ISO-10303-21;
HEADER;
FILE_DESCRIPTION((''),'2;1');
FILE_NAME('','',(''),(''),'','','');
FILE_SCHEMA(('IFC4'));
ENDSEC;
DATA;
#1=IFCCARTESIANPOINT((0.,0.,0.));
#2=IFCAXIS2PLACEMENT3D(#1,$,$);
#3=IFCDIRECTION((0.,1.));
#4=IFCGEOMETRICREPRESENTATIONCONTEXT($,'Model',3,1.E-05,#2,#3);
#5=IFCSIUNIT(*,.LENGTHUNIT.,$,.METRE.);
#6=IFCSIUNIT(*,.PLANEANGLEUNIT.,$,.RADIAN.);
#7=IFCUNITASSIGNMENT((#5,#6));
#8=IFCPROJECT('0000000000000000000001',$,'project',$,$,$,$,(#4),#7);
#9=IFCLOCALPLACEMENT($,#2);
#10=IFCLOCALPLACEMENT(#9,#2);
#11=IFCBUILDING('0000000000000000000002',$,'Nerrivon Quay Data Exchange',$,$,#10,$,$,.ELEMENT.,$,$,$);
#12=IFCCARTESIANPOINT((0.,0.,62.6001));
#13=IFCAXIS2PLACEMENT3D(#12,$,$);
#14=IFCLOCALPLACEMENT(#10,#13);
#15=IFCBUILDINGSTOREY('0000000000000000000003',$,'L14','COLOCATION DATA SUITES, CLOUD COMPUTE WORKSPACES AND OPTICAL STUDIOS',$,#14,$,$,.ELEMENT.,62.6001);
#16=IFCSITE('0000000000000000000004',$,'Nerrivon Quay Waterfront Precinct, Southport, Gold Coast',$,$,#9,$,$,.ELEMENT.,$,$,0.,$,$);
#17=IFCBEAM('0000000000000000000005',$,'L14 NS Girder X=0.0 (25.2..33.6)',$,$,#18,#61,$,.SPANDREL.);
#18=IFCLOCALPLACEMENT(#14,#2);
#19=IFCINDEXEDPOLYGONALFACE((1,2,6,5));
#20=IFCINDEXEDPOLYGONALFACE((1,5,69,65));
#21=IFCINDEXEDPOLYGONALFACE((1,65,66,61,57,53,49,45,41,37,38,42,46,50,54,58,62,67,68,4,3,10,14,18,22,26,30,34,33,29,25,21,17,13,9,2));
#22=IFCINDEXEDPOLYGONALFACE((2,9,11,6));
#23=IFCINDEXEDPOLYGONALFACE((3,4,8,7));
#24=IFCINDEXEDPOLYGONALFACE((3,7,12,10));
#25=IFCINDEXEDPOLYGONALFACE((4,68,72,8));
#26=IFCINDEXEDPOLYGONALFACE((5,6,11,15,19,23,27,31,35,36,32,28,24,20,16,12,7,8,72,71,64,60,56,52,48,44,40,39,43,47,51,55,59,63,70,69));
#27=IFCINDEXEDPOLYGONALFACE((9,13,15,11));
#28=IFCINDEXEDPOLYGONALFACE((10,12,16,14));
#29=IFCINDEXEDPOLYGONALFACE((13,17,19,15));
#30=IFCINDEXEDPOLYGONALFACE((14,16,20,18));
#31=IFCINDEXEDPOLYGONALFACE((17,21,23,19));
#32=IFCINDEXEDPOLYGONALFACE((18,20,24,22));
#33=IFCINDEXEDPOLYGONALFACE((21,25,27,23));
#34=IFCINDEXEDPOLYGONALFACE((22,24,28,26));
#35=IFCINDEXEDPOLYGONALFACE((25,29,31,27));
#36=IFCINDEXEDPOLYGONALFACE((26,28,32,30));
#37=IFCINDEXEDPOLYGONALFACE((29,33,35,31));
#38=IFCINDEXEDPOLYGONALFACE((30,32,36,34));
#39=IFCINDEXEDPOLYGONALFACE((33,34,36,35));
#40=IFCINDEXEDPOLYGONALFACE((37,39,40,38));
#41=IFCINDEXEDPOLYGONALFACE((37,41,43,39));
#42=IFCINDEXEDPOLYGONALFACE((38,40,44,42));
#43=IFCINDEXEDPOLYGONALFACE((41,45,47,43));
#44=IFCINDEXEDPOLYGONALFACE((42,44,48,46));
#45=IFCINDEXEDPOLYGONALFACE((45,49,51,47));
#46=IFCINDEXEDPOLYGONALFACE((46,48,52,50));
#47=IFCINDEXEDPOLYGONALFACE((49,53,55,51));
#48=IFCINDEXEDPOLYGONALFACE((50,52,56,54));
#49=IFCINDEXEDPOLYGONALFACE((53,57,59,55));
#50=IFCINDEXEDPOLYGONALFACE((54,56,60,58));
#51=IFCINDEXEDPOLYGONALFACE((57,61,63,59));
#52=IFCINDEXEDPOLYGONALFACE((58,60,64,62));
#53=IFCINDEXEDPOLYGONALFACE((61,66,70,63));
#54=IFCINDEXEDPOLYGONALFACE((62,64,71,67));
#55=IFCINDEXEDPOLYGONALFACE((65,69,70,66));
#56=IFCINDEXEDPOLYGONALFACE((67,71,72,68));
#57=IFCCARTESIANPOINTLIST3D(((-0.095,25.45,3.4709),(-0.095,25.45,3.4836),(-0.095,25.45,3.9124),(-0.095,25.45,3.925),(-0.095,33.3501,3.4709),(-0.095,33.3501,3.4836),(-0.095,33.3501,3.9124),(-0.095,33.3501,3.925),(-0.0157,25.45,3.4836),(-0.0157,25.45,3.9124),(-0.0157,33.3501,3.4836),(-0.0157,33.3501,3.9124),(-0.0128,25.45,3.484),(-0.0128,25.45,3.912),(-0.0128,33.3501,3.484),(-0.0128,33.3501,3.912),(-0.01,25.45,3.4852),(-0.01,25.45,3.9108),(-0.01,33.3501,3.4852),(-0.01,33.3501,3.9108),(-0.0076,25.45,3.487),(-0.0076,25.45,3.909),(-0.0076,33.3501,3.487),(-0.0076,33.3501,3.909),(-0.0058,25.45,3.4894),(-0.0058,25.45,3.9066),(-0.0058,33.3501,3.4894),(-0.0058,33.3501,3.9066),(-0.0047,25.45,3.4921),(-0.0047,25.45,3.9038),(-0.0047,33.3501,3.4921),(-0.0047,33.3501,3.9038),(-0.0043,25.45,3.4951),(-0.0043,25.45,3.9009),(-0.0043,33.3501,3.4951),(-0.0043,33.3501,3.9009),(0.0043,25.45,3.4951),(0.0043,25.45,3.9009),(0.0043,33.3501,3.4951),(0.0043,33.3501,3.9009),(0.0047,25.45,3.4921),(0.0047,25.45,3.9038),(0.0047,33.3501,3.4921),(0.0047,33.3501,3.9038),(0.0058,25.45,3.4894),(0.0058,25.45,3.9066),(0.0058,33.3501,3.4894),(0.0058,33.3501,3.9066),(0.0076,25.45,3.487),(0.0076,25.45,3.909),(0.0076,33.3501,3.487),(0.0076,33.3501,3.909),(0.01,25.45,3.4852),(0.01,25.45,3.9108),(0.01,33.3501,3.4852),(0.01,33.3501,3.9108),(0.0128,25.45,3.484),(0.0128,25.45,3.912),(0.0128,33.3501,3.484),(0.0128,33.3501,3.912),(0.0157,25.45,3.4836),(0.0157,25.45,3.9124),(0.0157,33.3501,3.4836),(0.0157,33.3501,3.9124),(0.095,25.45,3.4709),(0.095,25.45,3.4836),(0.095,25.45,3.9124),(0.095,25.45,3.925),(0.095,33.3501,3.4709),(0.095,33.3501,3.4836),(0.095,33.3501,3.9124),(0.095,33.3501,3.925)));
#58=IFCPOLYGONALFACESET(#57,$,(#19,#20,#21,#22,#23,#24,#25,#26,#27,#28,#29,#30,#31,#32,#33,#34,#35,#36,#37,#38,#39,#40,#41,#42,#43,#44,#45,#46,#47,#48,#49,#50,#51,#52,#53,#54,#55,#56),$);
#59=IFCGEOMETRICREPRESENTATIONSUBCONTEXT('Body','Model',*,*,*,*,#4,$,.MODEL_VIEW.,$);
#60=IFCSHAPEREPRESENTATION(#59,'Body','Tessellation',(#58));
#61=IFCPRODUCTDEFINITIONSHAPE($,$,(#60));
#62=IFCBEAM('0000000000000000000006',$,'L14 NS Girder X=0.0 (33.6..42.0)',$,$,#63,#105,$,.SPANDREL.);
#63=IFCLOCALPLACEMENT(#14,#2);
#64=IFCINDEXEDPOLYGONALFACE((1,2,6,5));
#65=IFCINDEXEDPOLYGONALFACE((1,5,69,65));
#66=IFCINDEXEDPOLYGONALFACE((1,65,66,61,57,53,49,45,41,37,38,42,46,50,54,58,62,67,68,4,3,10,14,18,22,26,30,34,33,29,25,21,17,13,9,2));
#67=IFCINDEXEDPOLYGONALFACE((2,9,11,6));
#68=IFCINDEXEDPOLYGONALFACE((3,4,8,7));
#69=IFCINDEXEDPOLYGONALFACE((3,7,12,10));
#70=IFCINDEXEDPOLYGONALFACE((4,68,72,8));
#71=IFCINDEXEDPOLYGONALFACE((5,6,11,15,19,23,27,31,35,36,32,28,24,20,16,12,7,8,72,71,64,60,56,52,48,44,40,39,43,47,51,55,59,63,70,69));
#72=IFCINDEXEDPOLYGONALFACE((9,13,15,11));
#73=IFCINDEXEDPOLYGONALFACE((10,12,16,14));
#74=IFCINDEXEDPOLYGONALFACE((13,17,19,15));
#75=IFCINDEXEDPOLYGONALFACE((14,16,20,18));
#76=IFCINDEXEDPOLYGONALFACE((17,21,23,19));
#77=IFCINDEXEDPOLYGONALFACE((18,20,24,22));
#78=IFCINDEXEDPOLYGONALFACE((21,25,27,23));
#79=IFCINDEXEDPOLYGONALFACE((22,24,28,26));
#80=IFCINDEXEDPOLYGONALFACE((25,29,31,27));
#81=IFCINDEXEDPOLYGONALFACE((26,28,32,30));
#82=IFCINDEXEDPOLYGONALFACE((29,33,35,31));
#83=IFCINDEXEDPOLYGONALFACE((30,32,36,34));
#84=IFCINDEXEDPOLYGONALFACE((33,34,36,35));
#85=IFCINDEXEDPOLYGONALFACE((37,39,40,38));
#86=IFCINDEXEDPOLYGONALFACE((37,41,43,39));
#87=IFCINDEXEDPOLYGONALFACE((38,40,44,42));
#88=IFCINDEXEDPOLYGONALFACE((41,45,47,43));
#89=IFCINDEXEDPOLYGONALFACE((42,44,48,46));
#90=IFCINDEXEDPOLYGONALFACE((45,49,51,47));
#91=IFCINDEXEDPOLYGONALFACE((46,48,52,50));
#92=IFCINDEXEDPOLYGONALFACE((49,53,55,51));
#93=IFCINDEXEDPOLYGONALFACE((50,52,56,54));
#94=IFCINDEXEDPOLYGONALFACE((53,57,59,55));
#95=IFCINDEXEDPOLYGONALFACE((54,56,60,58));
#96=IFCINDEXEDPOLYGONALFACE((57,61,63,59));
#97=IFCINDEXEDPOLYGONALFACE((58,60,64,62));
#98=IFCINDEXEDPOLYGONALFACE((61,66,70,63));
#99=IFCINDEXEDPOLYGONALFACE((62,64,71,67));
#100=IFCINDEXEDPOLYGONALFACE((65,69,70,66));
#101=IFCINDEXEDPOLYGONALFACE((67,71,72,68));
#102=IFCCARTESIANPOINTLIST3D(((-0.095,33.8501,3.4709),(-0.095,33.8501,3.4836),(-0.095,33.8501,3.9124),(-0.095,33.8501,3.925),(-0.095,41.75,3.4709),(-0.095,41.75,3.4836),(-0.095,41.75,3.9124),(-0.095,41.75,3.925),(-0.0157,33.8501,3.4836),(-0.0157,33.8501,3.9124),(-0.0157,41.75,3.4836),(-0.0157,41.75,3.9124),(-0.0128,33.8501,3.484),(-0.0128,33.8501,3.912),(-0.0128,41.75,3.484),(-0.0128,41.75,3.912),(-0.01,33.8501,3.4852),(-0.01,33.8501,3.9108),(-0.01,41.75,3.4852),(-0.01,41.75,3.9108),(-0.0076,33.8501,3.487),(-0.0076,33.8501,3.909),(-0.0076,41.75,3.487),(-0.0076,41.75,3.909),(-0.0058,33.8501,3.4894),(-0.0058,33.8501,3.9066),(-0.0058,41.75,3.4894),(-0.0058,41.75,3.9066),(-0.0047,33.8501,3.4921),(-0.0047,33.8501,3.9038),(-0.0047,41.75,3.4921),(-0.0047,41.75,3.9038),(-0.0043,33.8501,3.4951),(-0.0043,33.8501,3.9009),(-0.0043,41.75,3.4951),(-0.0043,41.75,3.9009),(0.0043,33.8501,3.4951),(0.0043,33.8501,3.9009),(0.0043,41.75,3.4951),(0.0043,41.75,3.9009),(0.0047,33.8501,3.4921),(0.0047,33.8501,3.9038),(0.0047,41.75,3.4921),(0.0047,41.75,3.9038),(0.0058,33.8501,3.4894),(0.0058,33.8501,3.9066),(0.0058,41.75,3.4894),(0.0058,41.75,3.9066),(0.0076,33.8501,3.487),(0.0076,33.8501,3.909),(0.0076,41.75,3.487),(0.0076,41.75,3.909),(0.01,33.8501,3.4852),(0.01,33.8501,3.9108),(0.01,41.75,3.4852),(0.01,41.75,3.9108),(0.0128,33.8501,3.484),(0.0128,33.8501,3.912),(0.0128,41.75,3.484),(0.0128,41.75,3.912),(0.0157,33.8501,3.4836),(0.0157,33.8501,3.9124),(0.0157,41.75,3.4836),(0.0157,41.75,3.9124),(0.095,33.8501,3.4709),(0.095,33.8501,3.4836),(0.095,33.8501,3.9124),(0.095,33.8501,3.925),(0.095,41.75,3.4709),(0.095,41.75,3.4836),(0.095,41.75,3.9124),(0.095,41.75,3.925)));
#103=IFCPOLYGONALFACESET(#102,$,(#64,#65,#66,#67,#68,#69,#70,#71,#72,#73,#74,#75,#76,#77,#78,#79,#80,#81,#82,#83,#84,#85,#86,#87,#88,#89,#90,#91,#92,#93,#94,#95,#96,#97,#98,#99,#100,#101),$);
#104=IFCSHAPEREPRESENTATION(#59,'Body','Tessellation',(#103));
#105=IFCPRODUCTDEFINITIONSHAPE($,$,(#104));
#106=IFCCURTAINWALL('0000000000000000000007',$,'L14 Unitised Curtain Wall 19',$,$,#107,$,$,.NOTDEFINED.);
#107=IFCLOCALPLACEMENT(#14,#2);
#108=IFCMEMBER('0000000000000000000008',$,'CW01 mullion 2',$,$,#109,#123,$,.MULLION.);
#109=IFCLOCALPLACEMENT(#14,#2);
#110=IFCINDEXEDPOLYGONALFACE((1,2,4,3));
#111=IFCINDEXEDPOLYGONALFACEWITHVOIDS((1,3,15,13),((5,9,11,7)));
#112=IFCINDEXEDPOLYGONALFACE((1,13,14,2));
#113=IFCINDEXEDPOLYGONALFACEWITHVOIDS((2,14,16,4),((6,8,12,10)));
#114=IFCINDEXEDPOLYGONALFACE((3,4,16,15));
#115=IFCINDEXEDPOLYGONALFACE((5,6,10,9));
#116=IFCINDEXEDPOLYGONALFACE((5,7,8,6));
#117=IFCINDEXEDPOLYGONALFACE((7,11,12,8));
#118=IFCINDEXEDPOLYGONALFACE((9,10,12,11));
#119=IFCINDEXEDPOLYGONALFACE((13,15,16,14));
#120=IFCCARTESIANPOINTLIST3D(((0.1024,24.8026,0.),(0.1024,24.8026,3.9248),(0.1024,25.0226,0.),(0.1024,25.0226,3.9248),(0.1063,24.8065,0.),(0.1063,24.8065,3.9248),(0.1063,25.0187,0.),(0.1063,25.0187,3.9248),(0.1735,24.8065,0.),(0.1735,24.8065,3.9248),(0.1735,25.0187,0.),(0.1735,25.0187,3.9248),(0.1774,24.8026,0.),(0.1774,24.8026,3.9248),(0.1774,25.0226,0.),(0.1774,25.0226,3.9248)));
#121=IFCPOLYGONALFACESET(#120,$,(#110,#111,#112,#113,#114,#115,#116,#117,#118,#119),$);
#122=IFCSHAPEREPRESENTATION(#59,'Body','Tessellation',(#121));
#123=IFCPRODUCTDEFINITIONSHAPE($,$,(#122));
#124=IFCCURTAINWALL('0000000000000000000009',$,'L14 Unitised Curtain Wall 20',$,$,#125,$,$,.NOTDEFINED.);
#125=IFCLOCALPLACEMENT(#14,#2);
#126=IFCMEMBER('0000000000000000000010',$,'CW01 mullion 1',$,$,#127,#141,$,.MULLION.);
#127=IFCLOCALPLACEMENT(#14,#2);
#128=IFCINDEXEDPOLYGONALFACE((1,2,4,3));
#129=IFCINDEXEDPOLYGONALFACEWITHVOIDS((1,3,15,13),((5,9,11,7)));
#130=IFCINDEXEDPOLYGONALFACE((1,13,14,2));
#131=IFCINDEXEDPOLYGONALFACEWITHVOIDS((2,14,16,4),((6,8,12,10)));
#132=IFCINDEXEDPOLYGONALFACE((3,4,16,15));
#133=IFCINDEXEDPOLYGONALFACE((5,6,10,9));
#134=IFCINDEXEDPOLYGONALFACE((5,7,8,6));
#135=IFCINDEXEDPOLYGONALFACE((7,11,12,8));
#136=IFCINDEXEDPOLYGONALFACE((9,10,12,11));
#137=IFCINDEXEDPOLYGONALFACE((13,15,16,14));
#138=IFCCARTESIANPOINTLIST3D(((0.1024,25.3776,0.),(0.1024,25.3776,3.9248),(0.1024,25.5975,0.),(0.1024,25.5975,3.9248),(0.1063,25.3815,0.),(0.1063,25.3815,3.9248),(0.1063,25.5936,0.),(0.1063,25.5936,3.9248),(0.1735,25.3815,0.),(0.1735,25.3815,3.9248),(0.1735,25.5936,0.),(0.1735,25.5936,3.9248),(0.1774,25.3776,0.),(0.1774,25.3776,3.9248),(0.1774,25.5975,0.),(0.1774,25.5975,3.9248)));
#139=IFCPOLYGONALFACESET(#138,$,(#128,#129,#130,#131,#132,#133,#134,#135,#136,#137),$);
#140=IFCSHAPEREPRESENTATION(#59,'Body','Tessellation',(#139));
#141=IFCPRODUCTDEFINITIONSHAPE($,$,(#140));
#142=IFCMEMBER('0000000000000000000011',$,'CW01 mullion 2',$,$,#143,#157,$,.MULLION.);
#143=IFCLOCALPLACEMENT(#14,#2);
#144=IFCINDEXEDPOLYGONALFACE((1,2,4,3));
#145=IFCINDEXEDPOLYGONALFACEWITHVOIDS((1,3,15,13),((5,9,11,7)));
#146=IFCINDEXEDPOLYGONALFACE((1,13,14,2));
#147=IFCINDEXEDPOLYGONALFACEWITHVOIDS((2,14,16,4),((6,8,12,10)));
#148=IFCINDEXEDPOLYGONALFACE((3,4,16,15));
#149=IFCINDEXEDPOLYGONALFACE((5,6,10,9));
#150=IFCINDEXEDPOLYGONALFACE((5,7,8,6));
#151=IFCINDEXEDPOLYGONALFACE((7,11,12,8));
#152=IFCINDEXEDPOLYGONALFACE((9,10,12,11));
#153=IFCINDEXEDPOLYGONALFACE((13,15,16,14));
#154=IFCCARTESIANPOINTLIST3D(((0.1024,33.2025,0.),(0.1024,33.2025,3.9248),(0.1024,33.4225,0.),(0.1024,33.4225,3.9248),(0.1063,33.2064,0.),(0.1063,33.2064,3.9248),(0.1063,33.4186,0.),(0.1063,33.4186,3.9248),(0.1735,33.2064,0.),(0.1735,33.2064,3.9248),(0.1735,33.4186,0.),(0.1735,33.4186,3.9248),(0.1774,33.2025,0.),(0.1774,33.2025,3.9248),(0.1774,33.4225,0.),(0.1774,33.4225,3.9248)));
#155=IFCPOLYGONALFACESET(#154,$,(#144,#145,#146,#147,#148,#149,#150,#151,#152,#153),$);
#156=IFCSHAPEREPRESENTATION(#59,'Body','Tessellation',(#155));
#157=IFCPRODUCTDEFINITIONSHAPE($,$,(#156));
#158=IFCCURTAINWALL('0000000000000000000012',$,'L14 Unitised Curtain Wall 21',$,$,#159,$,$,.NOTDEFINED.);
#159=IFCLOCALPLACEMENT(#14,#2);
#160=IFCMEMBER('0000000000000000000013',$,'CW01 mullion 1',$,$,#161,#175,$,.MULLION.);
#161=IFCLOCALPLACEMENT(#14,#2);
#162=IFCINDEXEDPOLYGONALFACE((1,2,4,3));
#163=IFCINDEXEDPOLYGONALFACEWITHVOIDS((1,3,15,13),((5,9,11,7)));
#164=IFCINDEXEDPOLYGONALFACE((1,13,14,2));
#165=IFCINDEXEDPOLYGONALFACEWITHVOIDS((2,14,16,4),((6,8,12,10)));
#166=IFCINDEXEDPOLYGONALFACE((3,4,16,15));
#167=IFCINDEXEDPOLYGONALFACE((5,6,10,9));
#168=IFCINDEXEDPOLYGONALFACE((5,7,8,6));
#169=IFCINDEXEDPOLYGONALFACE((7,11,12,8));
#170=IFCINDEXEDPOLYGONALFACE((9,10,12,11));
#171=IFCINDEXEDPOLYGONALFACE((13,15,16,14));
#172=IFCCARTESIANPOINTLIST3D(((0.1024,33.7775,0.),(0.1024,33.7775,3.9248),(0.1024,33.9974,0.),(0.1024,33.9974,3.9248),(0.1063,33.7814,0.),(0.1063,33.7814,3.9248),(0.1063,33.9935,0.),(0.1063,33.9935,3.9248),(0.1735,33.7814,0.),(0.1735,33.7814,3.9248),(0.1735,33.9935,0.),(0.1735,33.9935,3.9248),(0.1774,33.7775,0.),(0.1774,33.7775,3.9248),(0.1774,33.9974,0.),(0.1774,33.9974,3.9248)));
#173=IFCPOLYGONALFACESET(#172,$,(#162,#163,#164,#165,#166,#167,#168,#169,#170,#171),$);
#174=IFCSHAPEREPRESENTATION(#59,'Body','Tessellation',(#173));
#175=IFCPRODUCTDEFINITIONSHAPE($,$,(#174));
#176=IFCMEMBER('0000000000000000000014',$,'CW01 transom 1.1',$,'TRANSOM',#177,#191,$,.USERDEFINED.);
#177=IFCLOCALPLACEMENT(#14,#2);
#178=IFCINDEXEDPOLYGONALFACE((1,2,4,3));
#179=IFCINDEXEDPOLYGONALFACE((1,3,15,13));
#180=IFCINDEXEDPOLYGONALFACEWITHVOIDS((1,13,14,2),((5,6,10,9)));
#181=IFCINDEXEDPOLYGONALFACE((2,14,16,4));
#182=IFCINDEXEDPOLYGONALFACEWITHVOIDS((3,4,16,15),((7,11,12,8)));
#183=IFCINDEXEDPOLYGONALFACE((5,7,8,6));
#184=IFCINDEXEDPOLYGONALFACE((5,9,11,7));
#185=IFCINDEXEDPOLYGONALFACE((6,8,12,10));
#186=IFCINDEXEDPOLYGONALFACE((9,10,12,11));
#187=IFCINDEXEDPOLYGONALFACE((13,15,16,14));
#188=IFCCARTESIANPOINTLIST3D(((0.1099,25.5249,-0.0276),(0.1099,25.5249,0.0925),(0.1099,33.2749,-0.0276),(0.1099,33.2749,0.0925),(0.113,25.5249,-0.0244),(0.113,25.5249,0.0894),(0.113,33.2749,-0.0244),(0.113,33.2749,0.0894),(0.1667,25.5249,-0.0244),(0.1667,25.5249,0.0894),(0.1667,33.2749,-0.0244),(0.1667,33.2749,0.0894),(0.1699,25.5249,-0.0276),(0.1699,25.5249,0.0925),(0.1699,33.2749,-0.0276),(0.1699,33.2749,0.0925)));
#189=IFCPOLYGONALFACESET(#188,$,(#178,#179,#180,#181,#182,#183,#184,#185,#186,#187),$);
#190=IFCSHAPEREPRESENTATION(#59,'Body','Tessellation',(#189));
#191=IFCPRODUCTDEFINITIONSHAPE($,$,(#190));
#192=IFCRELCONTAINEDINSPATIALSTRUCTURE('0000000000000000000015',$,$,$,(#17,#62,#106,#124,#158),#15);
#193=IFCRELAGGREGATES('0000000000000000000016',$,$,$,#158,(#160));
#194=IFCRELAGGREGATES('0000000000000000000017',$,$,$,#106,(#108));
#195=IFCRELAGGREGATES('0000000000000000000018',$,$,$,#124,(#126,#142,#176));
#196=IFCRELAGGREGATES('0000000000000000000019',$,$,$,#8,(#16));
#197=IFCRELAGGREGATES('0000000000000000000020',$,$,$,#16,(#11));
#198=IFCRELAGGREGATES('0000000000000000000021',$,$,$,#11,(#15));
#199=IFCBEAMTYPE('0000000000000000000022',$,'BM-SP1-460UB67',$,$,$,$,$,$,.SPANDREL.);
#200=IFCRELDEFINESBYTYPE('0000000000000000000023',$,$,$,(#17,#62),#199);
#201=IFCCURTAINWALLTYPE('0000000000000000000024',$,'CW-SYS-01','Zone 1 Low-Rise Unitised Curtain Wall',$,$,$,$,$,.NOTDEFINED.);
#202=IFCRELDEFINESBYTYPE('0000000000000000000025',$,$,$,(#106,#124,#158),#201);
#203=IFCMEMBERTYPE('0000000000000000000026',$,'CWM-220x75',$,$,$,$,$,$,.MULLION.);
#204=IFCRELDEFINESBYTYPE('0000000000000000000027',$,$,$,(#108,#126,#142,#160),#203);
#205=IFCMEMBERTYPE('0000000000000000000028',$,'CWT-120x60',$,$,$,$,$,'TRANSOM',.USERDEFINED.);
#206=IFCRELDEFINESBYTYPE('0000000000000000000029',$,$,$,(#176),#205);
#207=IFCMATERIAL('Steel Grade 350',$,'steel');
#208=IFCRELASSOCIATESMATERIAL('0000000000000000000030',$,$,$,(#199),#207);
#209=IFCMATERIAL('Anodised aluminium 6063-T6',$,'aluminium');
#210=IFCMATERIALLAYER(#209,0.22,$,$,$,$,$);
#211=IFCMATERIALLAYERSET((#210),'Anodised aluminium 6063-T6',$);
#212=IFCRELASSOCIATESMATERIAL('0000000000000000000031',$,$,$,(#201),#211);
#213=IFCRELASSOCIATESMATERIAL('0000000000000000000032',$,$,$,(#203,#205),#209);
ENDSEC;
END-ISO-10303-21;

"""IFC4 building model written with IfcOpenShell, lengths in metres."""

from ifc_helpers import new_model, si_unit, direction, frame, origin, origin_2d, place, context, subcontext, project, spatial, hollow_rectangle, i_section, extrude, material, layer, layer_set, material_profile, profile_set, type_object, element, aggregate, save


model = new_model("IFC4")

# Units and contexts
model_context = context("Model", 3, precision=1e-05, world=origin(), true_north=direction((0.0, 1.0)))
body_context = subcontext(model_context, "Body", "Model", "MODEL_VIEW")
ifc_project = project(units=[si_unit("LENGTHUNIT", "METRE"), si_unit("PLANEANGLEUNIT", "RADIAN")], contexts=[model_context])

# Site, building, storey
site_placement = place(None, origin())
site = spatial("IfcSite", under=ifc_project, at=site_placement, Name="Nerrivon Quay Waterfront Precinct, Southport, Gold Coast", CompositionType="ELEMENT", RefElevation=0.0)
building_placement = place(site_placement, origin())
building = spatial("IfcBuilding", under=site, at=building_placement, Name="Nerrivon Quay Data Exchange", CompositionType="ELEMENT")
storey_placement = place(building_placement, frame((0.0, 0.0, 62.6001)))
storey = spatial("IfcBuildingStorey", under=building, at=storey_placement, Name="L14", Description="COLOCATION DATA SUITES, CLOUD COMPUTE WORKSPACES AND OPTICAL STUDIOS", CompositionType="ELEMENT", Elevation=62.6001)

# Shared definitions
ifc_material_1 = material(Name="Steel Grade 350", Category="steel")

# Beams
ifc_material_profile_1 = material_profile(ifc_material_1, i_section(OverallWidth=0.1899, OverallDepth=0.4541, WebThickness=0.0085, FlangeThickness=0.0127, FilletRadius=0.0115, at=origin_2d()), Name="460UB67.1")
ifc_profile_set_1 = profile_set([ifc_material_profile_1], Name="Steel Grade 350")
beam_type_1 = type_object("IfcBeamType", Name="BM-SP1-460UB67", PredefinedType="SPANDREL", material=ifc_profile_set_1)
beam_1_placement = place(storey_placement, frame((0.0, 25.45, 3.698), z_axis=(0.0, 1.0, 0.0), x_axis=(-1.0, 0.0, 0.0)))
element("IfcBeam", 1, at=beam_1_placement, inside=storey, type_object=beam_type_1, Name="L14 NS Girder X=0.0 (25.2..33.6)", PredefinedType="SPANDREL", context=body_context, shape_type="SweptSolid", body=[
    extrude(i_section(OverallWidth=0.1899, OverallDepth=0.4541, WebThickness=0.0085, FlangeThickness=0.0127, FilletRadius=0.0115, at=origin_2d()), origin(), (0.0, 0.0, 1.0), 7.9001),
])
beam_2_placement = place(storey_placement, frame((0.0, 33.8501, 3.698), z_axis=(0.0, 1.0, 0.0), x_axis=(-1.0, 0.0, 0.0)))
element("IfcBeam", 2, at=beam_2_placement, inside=storey, type_object=beam_type_1, Name="L14 NS Girder X=0.0 (33.6..42.0)", PredefinedType="SPANDREL", context=body_context, shape_type="SweptSolid", body=[
    extrude(i_section(OverallWidth=0.1899, OverallDepth=0.4541, WebThickness=0.0085, FlangeThickness=0.0127, FilletRadius=0.0115, at=origin_2d()), origin(), (0.0, 0.0, 1.0), 7.8999),
])

# Curtain wall, member
ifc_material_2 = material(Name="Anodised aluminium 6063-T6", Category="aluminium")
ifc_layer_1 = layer(ifc_material_2, 0.22)
ifc_layer_set_1 = layer_set([ifc_layer_1], Name="Anodised aluminium 6063-T6")
curtain_wall_type = type_object("IfcCurtainWallType", Name="CW-SYS-01", Description="Zone 1 Low-Rise Unitised Curtain Wall", PredefinedType="NOTDEFINED", material=ifc_layer_set_1)
curtain_wall_1_placement = place(storey_placement, origin())
curtain_wall_1 = element("IfcCurtainWall", 3, at=curtain_wall_1_placement, inside=storey, type_object=curtain_wall_type, Name="L14 Unitised Curtain Wall 19", PredefinedType="NOTDEFINED")
ifc_material_profile_2 = material_profile(ifc_material_2, hollow_rectangle(XDim=0.075, YDim=0.22, WallThickness=0.0039, at=origin_2d()), Name="ALU-MULL-220x75")
ifc_profile_set_2 = profile_set([ifc_material_profile_2], Name="Anodised aluminium 6063-T6")
member_type_1 = type_object("IfcMemberType", Name="CWM-220x75", PredefinedType="MULLION", material=ifc_profile_set_2)
member_1_placement = place(storey_placement, frame((0.1399, 24.9126, 0.0), z_axis=(0.0, 0.0, 1.0), x_axis=(-1.0, 0.0, 0.0)))
member_1 = element("IfcMember", 4, at=member_1_placement, type_object=member_type_1, Name="CW01 mullion 2", PredefinedType="MULLION", context=body_context, shape_type="SweptSolid", body=[
    extrude(hollow_rectangle(XDim=0.075, YDim=0.22, WallThickness=0.0039, at=origin_2d()), origin(), (0.0, 0.0, 1.0), 3.9248),
])

# Curtain wall, members
curtain_wall_2_placement = place(storey_placement, origin())
curtain_wall_2 = element("IfcCurtainWall", 5, at=curtain_wall_2_placement, inside=storey, type_object=curtain_wall_type, Name="L14 Unitised Curtain Wall 20", PredefinedType="NOTDEFINED")
member_2_placement = place(storey_placement, frame((0.1399, 25.4875, 0.0), z_axis=(0.0, 0.0, 1.0), x_axis=(-1.0, 0.0, 0.0)))
member_2 = element("IfcMember", 6, at=member_2_placement, type_object=member_type_1, Name="CW01 mullion 1", PredefinedType="MULLION", context=body_context, shape_type="SweptSolid", body=[
    extrude(hollow_rectangle(XDim=0.075, YDim=0.22, WallThickness=0.0039, at=origin_2d()), origin(), (0.0, 0.0, 1.0), 3.9248),
])
member_3_placement = place(storey_placement, frame((0.1399, 33.3125, 0.0), z_axis=(0.0, 0.0, 1.0), x_axis=(-1.0, 0.0, 0.0)))
member_3 = element("IfcMember", 7, at=member_3_placement, type_object=member_type_1, Name="CW01 mullion 2", PredefinedType="MULLION", context=body_context, shape_type="SweptSolid", body=[
    extrude(hollow_rectangle(XDim=0.075, YDim=0.22, WallThickness=0.0039, at=origin_2d()), origin(), (0.0, 0.0, 1.0), 3.9248),
])

# Curtain wall, member
curtain_wall_3_placement = place(storey_placement, origin())
curtain_wall_3 = element("IfcCurtainWall", 8, at=curtain_wall_3_placement, inside=storey, type_object=curtain_wall_type, Name="L14 Unitised Curtain Wall 21", PredefinedType="NOTDEFINED")
member_4_placement = place(storey_placement, frame((0.1399, 33.8875, 0.0), z_axis=(0.0, 0.0, 1.0), x_axis=(-1.0, 0.0, 0.0)))
member_4 = element("IfcMember", 9, at=member_4_placement, type_object=member_type_1, Name="CW01 mullion 1", PredefinedType="MULLION", context=body_context, shape_type="SweptSolid", body=[
    extrude(hollow_rectangle(XDim=0.075, YDim=0.22, WallThickness=0.0039, at=origin_2d()), origin(), (0.0, 0.0, 1.0), 3.9248),
])

# Member
ifc_material_profile_3 = material_profile(ifc_material_2, hollow_rectangle(XDim=0.0601, YDim=0.1201, WallThickness=0.0032, at=origin_2d()), Name="ALU-TRAN-120x60")
ifc_profile_set_3 = profile_set([ifc_material_profile_3], Name="Anodised aluminium 6063-T6")
member_type_2 = type_object("IfcMemberType", Name="CWT-120x60", ElementType="TRANSOM", PredefinedType="USERDEFINED", material=ifc_profile_set_3)
member_5_placement = place(storey_placement, frame((0.1399, 25.5249, 0.0325), z_axis=(0.0, 1.0, 0.0), x_axis=(-1.0, 0.0, 0.0)))
member_5 = element("IfcMember", 10, at=member_5_placement, type_object=member_type_2, Name="CW01 transom 1.1", ObjectType="TRANSOM", PredefinedType="USERDEFINED", context=body_context, shape_type="SweptSolid", body=[
    extrude(hollow_rectangle(XDim=0.0601, YDim=0.1201, WallThickness=0.0032, at=origin_2d()), origin(), (0.0, 0.0, 1.0), 7.75),
])
aggregate(curtain_wall_3, [member_4])

aggregate(curtain_wall_1, [member_1])
aggregate(curtain_wall_2, [member_2, member_3, member_5])

save(model, "model.ifc")
